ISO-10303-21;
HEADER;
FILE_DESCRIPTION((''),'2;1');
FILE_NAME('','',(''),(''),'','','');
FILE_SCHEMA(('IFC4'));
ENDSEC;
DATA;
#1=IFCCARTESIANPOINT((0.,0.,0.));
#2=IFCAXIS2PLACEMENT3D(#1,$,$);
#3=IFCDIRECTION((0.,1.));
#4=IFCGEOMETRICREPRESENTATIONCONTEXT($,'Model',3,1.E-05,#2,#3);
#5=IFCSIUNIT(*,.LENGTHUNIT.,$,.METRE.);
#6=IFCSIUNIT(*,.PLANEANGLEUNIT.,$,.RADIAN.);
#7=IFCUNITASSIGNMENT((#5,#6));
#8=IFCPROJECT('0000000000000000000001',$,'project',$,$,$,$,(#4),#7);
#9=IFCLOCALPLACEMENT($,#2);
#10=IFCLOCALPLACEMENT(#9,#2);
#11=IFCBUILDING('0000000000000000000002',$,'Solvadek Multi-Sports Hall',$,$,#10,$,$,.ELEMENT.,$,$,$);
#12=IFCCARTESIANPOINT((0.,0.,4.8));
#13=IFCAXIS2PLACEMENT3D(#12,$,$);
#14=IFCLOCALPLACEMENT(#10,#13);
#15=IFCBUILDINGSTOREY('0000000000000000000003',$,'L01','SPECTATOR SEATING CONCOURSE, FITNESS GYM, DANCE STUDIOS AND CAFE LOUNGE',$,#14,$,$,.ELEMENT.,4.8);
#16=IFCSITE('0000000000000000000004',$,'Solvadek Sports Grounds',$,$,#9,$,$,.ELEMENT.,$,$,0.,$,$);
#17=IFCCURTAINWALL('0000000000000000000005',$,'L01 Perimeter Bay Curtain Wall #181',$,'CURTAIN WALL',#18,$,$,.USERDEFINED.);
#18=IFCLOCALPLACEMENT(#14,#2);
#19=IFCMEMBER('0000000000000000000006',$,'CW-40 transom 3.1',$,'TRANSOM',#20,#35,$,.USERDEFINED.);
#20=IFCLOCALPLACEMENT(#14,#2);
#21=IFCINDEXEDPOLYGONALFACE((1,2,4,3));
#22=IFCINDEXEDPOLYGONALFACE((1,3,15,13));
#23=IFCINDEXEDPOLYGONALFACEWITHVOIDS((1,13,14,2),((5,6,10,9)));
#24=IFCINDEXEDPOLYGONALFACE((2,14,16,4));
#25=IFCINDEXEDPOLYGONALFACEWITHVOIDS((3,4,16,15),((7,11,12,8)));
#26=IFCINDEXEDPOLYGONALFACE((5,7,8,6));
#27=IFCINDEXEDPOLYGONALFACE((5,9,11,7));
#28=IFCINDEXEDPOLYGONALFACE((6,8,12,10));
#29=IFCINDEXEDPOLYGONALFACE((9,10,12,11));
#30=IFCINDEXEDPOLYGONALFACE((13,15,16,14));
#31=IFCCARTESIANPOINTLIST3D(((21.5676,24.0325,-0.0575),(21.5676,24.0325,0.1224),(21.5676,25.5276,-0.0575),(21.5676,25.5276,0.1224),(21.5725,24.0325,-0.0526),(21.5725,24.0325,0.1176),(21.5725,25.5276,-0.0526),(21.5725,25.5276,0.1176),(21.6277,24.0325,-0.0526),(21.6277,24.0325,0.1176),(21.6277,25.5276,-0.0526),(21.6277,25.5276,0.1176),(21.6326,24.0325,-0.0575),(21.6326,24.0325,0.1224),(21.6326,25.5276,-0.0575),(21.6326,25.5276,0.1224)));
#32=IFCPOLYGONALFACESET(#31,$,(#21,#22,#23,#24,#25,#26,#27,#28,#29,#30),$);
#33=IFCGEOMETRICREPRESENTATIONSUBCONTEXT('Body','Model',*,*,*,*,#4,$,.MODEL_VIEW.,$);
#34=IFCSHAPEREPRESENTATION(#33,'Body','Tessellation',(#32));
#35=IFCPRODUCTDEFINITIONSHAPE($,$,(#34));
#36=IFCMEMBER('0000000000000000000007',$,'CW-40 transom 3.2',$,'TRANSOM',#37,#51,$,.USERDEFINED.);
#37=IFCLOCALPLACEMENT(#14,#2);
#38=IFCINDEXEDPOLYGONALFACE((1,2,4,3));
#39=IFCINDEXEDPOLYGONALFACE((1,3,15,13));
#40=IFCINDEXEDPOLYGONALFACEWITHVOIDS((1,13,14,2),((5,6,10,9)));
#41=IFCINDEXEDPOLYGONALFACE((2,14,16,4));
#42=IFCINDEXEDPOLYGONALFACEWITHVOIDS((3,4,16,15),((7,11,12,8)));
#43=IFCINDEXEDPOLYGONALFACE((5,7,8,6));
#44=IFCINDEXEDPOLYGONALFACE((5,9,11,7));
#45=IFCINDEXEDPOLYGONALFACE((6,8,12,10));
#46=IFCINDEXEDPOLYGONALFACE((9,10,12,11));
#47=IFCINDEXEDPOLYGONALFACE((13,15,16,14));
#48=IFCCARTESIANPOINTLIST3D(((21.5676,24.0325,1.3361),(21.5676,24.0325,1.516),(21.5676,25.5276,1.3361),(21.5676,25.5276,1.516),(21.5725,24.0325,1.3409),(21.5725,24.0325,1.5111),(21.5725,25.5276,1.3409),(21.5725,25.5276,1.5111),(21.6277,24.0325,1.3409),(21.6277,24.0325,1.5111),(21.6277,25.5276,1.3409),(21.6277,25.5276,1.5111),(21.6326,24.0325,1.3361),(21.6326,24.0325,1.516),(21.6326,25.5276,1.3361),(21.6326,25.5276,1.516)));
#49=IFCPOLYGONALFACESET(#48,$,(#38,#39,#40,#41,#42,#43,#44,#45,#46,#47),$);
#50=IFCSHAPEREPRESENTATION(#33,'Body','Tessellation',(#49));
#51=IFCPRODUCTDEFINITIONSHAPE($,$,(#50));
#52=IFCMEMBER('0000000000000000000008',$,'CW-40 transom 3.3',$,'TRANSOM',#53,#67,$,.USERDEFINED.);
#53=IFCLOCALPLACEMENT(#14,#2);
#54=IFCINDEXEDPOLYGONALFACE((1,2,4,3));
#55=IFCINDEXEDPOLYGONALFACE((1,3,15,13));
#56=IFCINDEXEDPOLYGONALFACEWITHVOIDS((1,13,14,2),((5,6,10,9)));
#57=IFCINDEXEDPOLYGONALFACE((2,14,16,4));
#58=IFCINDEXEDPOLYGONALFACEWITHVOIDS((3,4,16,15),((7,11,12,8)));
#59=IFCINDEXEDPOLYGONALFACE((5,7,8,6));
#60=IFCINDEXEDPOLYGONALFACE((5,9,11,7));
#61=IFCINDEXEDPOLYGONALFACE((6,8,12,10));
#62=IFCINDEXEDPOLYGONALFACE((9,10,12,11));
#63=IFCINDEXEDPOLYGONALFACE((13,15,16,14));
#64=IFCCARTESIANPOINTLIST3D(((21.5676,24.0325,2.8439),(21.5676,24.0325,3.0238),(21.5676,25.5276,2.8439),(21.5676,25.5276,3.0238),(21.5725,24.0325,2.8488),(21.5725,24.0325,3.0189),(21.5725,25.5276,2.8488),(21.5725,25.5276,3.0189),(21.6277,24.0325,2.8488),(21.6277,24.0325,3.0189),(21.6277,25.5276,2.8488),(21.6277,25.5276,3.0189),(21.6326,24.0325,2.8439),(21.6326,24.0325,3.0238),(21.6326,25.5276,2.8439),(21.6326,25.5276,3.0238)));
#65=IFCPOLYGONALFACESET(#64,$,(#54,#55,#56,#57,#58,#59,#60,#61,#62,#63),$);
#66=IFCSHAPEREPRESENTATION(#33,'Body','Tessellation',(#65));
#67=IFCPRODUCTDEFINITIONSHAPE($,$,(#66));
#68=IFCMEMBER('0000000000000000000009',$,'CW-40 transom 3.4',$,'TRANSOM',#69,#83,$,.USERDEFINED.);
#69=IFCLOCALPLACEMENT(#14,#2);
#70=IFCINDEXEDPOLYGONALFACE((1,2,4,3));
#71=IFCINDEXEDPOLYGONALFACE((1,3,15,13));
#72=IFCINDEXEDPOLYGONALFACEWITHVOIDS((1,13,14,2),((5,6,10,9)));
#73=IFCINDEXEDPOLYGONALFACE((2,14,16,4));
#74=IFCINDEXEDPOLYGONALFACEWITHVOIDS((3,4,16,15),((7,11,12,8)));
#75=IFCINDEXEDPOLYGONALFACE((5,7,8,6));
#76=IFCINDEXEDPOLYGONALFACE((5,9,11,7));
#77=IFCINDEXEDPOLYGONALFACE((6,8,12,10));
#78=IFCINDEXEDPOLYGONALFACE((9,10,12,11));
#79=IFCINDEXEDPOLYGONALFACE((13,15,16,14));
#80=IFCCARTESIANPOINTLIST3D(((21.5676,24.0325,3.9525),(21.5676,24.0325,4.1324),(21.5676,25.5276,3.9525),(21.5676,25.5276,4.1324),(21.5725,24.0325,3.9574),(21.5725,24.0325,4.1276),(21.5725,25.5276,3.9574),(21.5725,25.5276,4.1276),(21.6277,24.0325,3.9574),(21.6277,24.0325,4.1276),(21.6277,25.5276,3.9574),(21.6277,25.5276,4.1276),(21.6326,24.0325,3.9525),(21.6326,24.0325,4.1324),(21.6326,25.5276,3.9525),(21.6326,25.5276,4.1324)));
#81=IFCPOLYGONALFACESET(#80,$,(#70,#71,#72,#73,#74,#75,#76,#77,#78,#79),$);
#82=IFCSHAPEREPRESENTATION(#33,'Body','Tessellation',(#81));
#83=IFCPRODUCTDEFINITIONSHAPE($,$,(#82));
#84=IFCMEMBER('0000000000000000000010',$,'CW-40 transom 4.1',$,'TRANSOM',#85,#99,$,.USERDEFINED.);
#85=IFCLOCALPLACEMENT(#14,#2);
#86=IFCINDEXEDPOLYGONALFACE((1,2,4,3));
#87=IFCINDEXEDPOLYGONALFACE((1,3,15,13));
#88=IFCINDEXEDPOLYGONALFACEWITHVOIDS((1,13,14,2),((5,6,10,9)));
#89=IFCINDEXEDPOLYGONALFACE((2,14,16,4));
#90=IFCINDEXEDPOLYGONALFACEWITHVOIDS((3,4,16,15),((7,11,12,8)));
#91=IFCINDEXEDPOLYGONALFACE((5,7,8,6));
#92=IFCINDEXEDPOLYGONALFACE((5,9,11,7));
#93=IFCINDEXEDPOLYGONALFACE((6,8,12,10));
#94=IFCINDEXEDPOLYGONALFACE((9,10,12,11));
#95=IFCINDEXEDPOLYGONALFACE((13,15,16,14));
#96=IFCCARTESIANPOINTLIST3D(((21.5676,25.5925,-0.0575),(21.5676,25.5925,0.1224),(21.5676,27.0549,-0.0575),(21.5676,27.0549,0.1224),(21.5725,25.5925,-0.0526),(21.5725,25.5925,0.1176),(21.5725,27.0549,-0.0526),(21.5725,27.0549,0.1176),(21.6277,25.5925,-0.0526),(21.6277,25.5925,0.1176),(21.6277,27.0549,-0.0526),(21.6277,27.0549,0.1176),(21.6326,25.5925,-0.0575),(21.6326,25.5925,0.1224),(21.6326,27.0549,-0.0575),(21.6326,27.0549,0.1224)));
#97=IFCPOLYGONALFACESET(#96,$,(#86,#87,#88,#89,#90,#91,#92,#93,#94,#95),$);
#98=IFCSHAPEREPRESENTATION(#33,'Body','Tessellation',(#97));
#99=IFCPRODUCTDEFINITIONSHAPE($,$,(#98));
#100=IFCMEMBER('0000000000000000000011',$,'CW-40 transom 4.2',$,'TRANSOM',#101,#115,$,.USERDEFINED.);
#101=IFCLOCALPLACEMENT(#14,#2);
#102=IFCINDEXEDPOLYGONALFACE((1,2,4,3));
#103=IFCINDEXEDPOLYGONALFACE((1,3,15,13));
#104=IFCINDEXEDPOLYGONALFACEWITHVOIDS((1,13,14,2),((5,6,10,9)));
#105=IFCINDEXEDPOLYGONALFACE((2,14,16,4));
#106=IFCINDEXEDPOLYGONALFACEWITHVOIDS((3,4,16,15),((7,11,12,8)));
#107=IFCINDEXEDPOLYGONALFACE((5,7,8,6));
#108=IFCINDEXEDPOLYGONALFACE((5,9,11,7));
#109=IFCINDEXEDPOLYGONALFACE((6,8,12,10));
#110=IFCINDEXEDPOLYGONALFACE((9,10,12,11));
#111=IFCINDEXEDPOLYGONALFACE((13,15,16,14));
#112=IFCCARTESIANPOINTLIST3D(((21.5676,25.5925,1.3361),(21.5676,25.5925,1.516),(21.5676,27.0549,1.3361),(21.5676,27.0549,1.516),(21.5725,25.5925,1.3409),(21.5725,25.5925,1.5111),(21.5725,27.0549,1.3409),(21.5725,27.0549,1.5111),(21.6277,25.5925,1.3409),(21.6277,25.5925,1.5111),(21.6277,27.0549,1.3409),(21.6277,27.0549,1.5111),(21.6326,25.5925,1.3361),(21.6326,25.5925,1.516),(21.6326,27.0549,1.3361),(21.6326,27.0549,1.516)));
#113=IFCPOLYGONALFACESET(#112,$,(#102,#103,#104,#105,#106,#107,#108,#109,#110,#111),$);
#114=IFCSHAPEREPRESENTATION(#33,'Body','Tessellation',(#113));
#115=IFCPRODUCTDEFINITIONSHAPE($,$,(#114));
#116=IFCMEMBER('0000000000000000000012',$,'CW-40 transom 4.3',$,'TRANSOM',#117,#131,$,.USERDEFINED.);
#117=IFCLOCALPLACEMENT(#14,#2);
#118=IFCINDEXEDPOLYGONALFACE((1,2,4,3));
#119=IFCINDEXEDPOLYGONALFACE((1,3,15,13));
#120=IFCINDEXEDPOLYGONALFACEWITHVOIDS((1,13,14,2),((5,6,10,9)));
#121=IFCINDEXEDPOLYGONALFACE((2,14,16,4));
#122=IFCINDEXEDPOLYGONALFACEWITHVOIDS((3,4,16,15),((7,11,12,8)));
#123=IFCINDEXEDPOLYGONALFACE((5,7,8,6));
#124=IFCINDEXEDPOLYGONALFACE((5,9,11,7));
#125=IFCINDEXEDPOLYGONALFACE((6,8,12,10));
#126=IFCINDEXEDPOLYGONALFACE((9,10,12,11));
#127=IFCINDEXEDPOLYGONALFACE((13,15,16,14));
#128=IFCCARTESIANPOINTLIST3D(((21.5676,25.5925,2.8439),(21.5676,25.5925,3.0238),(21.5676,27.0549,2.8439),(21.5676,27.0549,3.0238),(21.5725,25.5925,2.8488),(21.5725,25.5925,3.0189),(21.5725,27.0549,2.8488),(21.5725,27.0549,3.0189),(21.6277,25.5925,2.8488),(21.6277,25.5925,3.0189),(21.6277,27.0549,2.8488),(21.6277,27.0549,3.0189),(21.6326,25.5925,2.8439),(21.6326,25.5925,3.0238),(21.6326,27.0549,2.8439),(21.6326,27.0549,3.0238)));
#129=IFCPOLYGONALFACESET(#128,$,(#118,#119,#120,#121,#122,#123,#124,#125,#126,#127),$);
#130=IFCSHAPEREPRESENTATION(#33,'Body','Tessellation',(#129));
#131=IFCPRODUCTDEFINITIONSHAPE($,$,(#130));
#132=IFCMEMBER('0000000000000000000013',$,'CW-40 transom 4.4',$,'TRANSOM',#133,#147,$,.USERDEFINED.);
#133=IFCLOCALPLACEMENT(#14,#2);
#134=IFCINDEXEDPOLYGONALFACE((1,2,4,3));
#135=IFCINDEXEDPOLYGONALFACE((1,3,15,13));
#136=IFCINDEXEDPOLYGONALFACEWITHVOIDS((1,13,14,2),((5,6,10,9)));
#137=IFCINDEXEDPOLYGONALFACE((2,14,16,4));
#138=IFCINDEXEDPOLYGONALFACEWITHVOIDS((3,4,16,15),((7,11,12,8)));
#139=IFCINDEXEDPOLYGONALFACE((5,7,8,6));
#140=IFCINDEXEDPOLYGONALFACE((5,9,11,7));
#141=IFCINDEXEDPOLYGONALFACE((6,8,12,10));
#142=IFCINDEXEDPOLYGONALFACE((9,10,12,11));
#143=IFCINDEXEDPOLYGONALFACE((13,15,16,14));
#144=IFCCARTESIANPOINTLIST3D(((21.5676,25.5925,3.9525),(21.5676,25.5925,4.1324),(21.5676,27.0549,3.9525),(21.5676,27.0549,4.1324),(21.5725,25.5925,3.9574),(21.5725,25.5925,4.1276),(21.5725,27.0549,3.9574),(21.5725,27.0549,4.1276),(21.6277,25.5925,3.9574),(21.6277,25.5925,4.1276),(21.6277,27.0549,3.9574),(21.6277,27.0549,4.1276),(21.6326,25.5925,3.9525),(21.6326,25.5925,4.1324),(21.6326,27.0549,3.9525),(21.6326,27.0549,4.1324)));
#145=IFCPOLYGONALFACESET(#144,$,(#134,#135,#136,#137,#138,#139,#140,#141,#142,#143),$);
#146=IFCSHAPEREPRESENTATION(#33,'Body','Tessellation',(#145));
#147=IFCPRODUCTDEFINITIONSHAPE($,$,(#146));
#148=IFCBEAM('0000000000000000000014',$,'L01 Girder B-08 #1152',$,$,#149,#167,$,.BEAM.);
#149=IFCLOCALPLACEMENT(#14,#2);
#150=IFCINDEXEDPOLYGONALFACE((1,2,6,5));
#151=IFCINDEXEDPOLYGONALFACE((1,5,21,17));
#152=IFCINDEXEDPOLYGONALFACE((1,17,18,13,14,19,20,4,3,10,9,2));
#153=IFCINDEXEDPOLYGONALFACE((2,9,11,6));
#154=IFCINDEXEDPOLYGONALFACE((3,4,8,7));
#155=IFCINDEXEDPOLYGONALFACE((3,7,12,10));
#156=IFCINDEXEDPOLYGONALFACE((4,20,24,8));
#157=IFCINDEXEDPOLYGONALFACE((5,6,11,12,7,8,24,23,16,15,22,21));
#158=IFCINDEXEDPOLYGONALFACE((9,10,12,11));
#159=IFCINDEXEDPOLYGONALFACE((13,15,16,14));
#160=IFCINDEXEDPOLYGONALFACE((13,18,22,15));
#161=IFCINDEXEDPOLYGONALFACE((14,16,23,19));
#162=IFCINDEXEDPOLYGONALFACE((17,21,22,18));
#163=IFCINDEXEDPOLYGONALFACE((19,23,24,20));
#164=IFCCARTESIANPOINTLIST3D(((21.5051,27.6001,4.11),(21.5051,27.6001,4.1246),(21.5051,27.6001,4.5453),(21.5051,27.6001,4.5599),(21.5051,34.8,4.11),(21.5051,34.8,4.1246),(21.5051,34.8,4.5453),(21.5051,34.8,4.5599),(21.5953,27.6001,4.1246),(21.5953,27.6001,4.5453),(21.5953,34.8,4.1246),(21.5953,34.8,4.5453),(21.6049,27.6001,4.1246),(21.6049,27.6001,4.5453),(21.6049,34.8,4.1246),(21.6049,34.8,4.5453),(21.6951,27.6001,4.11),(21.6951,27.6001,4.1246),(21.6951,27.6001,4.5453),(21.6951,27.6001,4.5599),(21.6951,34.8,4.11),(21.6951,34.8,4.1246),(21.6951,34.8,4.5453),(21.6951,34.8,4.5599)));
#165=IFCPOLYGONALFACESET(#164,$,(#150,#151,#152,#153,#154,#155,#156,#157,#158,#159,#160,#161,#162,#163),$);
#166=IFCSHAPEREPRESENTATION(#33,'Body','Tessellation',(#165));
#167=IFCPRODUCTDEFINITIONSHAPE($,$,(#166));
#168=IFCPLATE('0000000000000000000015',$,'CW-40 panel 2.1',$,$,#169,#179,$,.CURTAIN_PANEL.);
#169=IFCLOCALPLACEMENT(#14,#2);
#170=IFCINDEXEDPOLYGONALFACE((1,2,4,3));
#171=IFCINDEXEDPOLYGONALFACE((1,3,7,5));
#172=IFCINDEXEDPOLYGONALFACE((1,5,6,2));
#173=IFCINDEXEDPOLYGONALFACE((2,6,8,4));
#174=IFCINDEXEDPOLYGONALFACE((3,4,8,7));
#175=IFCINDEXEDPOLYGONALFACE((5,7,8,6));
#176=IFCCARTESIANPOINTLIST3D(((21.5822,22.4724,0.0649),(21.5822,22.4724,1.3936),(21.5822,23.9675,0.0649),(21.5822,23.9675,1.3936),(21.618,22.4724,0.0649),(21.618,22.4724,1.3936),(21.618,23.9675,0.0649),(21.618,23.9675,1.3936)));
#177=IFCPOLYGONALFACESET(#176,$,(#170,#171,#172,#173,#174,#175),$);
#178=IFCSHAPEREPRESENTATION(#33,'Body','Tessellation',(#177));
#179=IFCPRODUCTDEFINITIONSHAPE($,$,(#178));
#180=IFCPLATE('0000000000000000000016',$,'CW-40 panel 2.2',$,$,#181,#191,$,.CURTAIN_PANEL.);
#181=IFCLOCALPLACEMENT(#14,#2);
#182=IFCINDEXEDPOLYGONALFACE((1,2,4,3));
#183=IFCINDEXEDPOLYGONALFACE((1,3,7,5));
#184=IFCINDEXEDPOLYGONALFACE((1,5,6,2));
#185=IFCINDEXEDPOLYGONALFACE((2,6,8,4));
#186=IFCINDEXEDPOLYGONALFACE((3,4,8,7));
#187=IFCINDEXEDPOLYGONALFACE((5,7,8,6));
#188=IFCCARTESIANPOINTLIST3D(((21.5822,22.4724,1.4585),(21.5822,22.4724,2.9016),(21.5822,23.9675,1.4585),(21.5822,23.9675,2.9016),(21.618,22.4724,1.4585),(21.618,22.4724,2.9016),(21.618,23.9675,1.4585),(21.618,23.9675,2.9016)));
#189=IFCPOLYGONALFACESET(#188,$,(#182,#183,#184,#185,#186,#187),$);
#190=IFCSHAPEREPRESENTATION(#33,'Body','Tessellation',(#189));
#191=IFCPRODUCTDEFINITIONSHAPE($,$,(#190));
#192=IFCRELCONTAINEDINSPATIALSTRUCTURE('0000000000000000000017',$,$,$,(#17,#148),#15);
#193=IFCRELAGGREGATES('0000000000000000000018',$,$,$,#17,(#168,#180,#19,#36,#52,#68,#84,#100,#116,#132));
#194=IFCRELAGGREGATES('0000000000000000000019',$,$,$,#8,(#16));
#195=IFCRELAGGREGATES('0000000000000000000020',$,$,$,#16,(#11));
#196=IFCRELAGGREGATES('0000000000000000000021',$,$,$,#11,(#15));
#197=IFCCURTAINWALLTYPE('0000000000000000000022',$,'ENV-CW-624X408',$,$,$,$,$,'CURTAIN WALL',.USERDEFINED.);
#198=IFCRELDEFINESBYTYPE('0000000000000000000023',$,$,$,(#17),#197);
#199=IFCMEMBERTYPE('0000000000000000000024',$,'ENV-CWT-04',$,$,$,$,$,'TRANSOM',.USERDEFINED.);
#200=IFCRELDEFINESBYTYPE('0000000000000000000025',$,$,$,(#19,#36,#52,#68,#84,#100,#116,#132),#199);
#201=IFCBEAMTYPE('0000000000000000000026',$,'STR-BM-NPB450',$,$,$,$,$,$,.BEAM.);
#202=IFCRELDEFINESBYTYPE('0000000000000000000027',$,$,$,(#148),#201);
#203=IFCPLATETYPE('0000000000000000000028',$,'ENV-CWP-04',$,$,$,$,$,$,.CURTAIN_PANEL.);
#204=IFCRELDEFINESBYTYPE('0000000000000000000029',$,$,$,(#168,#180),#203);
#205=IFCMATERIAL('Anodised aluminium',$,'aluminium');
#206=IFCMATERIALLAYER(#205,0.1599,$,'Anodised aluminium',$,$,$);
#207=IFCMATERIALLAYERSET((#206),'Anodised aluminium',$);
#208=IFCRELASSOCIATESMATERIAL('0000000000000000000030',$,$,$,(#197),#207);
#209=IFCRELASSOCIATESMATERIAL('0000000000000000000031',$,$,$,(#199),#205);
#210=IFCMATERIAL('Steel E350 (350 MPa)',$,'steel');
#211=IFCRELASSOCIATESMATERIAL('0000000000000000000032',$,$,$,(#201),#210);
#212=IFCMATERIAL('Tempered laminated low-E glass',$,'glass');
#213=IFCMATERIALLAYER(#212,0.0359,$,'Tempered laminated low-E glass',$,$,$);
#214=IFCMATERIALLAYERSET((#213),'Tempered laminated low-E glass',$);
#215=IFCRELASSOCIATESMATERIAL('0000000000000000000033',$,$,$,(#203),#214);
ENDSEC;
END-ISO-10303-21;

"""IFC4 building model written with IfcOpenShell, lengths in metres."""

from ifc_helpers import new_model, si_unit, direction, frame, origin, origin_2d, place, context, subcontext, project, spatial, rectangle, hollow_rectangle, i_section, extrude, material, layer, layer_set, material_profile, profile_set, type_object, element, aggregate, save


model = new_model("IFC4")

# Units and contexts
model_context = context("Model", 3, precision=1e-05, world=origin(), true_north=direction((0.0, 1.0)))
body_context = subcontext(model_context, "Body", "Model", "MODEL_VIEW")
ifc_project = project(units=[si_unit("LENGTHUNIT", "METRE"), si_unit("PLANEANGLEUNIT", "RADIAN")], contexts=[model_context])

# Site, building, storey
site_placement = place(None, origin())
site = spatial("IfcSite", under=ifc_project, at=site_placement, Name="Solvadek Sports Grounds", CompositionType="ELEMENT", RefElevation=0.0)
building_placement = place(site_placement, origin())
building = spatial("IfcBuilding", under=site, at=building_placement, Name="Solvadek Multi-Sports Hall", CompositionType="ELEMENT")
storey_placement = place(building_placement, frame((0.0, 0.0, 4.8)))
storey = spatial("IfcBuildingStorey", under=building, at=storey_placement, Name="L01", Description="SPECTATOR SEATING CONCOURSE, FITNESS GYM, DANCE STUDIOS AND CAFE LOUNGE", CompositionType="ELEMENT", Elevation=4.8)

# Shared definitions
ifc_material_1 = material(Name="Steel E350 (350 MPa)", Category="steel")

# Curtain wall
ifc_material_2 = material(Name="Anodised aluminium", Category="aluminium")
ifc_layer_1 = layer(ifc_material_2, 0.1599, Name="Anodised aluminium")
ifc_layer_set_1 = layer_set([ifc_layer_1], Name="Anodised aluminium")
curtain_wall_type_1 = type_object("IfcCurtainWallType", Name="ENV-CW-624X408", ElementType="CURTAIN WALL", PredefinedType="USERDEFINED", material=ifc_layer_set_1)
curtain_wall_1_placement = place(storey_placement, origin())
curtain_wall_1 = element("IfcCurtainWall", 1, at=curtain_wall_1_placement, inside=storey, type_object=curtain_wall_type_1, Name="L01 Perimeter Bay Curtain Wall #181", ObjectType="CURTAIN WALL", PredefinedType="USERDEFINED")

# Members
ifc_material_profile_1 = material_profile(ifc_material_2, hollow_rectangle(XDim=0.0649, YDim=0.1799, WallThickness=0.0049, at=origin_2d()), Name="ALU-T 180x65x5")
ifc_profile_set_1 = profile_set([ifc_material_profile_1], Name="Anodised aluminium")
member_type_1 = type_object("IfcMemberType", Name="ENV-CWT-04", ElementType="TRANSOM", PredefinedType="USERDEFINED", material=ifc_profile_set_1)
member_1_placement = place(storey_placement, frame((21.6001, 24.0325, 0.0325), z_axis=(0.0, 1.0, 0.0), x_axis=(-1.0, 0.0, 0.0)))
member_1 = element("IfcMember", 2, at=member_1_placement, type_object=member_type_1, Name="CW-40 transom 3.1", ObjectType="TRANSOM", PredefinedType="USERDEFINED", context=body_context, shape_type="SweptSolid", body=[
    extrude(hollow_rectangle(XDim=0.0649, YDim=0.1799, WallThickness=0.0049, at=origin_2d()), origin(), (0.0, 0.0, 1.0), 1.4951),
])
member_2_placement = place(storey_placement, frame((21.6001, 24.0325, 1.426), z_axis=(0.0, 1.0, 0.0), x_axis=(-1.0, 0.0, 0.0)))
member_2 = element("IfcMember", 3, at=member_2_placement, type_object=member_type_1, Name="CW-40 transom 3.2", ObjectType="TRANSOM", PredefinedType="USERDEFINED", context=body_context, shape_type="SweptSolid", body=[
    extrude(hollow_rectangle(XDim=0.0649, YDim=0.1799, WallThickness=0.0049, at=origin_2d()), origin(), (0.0, 0.0, 1.0), 1.4951),
])
member_3_placement = place(storey_placement, frame((21.6001, 24.0325, 2.9338), z_axis=(0.0, 1.0, 0.0), x_axis=(-1.0, 0.0, 0.0)))
member_3 = element("IfcMember", 4, at=member_3_placement, type_object=member_type_1, Name="CW-40 transom 3.3", ObjectType="TRANSOM", PredefinedType="USERDEFINED", context=body_context, shape_type="SweptSolid", body=[
    extrude(hollow_rectangle(XDim=0.0649, YDim=0.1799, WallThickness=0.0049, at=origin_2d()), origin(), (0.0, 0.0, 1.0), 1.4951),
])
member_4_placement = place(storey_placement, frame((21.6001, 24.0325, 4.0425), z_axis=(0.0, 1.0, 0.0), x_axis=(-1.0, 0.0, 0.0)))
member_4 = element("IfcMember", 5, at=member_4_placement, type_object=member_type_1, Name="CW-40 transom 3.4", ObjectType="TRANSOM", PredefinedType="USERDEFINED", context=body_context, shape_type="SweptSolid", body=[
    extrude(hollow_rectangle(XDim=0.0649, YDim=0.1799, WallThickness=0.0049, at=origin_2d()), origin(), (0.0, 0.0, 1.0), 1.4951),
])
member_5_placement = place(storey_placement, frame((21.6001, 25.5925, 0.0325), z_axis=(0.0, 1.0, 0.0), x_axis=(-1.0, 0.0, 0.0)))
member_5 = element("IfcMember", 6, at=member_5_placement, type_object=member_type_1, Name="CW-40 transom 4.1", ObjectType="TRANSOM", PredefinedType="USERDEFINED", context=body_context, shape_type="SweptSolid", body=[
    extrude(hollow_rectangle(XDim=0.0649, YDim=0.1799, WallThickness=0.0049, at=origin_2d()), origin(), (0.0, 0.0, 1.0), 1.4624),
])
member_6_placement = place(storey_placement, frame((21.6001, 25.5925, 1.426), z_axis=(0.0, 1.0, 0.0), x_axis=(-1.0, 0.0, 0.0)))
member_6 = element("IfcMember", 7, at=member_6_placement, type_object=member_type_1, Name="CW-40 transom 4.2", ObjectType="TRANSOM", PredefinedType="USERDEFINED", context=body_context, shape_type="SweptSolid", body=[
    extrude(hollow_rectangle(XDim=0.0649, YDim=0.1799, WallThickness=0.0049, at=origin_2d()), origin(), (0.0, 0.0, 1.0), 1.4624),
])
member_7_placement = place(storey_placement, frame((21.6001, 25.5925, 2.9338), z_axis=(0.0, 1.0, 0.0), x_axis=(-1.0, 0.0, 0.0)))
member_7 = element("IfcMember", 8, at=member_7_placement, type_object=member_type_1, Name="CW-40 transom 4.3", ObjectType="TRANSOM", PredefinedType="USERDEFINED", context=body_context, shape_type="SweptSolid", body=[
    extrude(hollow_rectangle(XDim=0.0649, YDim=0.1799, WallThickness=0.0049, at=origin_2d()), origin(), (0.0, 0.0, 1.0), 1.4624),
])
member_8_placement = place(storey_placement, frame((21.6001, 25.5925, 4.0425), z_axis=(0.0, 1.0, 0.0), x_axis=(-1.0, 0.0, 0.0)))
member_8 = element("IfcMember", 9, at=member_8_placement, type_object=member_type_1, Name="CW-40 transom 4.4", ObjectType="TRANSOM", PredefinedType="USERDEFINED", context=body_context, shape_type="SweptSolid", body=[
    extrude(hollow_rectangle(XDim=0.0649, YDim=0.1799, WallThickness=0.0049, at=origin_2d()), origin(), (0.0, 0.0, 1.0), 1.4624),
])

# Beam
ifc_material_profile_2 = material_profile(ifc_material_1, i_section(OverallWidth=0.1899, OverallDepth=0.45, WebThickness=0.0095, FlangeThickness=0.0146, at=origin_2d()), Name="NPB 450")
ifc_profile_set_2 = profile_set([ifc_material_profile_2], Name="Steel E350 (350 MPa)")
beam_type = type_object("IfcBeamType", Name="STR-BM-NPB450", PredefinedType="BEAM", material=ifc_profile_set_2)
beam_placement = place(storey_placement, frame((21.6001, 27.6001, 4.335), z_axis=(0.0, 1.0, 0.0), x_axis=(-1.0, 0.0, 0.0)))
element("IfcBeam", 10, at=beam_placement, inside=storey, type_object=beam_type, Name="L01 Girder B-08 #1152", PredefinedType="BEAM", context=body_context, shape_type="SweptSolid", body=[
    extrude(i_section(OverallWidth=0.1899, OverallDepth=0.45, WebThickness=0.0095, FlangeThickness=0.0146, at=origin_2d()), origin(), (0.0, 0.0, 1.0), 7.2),
])

# Plates
ifc_material_3 = material(Name="Tempered laminated low-E glass", Category="glass")
ifc_layer_2 = layer(ifc_material_3, 0.0359, Name="Tempered laminated low-E glass")
ifc_layer_set_2 = layer_set([ifc_layer_2], Name="Tempered laminated low-E glass")
plate_type = type_object("IfcPlateType", Name="ENV-CWP-04", PredefinedType="CURTAIN_PANEL", material=ifc_layer_set_2)
plate_1_placement = place(storey_placement, frame((21.6001, 23.22, 0.0649), z_axis=(0.0, 0.0, 1.0), x_axis=(0.0, 1.0, 0.0)))
plate_1 = element("IfcPlate", 11, at=plate_1_placement, type_object=plate_type, Name="CW-40 panel 2.1", PredefinedType="CURTAIN_PANEL", context=body_context, shape_type="SweptSolid", body=[
    extrude(rectangle(XDim=1.4951, YDim=0.0359, at=origin_2d()), origin(), (0.0, 0.0, 1.0), 1.3286),
])
plate_2_placement = place(storey_placement, frame((21.6001, 23.22, 1.4585), z_axis=(0.0, 0.0, 1.0), x_axis=(0.0, 1.0, 0.0)))
plate_2 = element("IfcPlate", 12, at=plate_2_placement, type_object=plate_type, Name="CW-40 panel 2.2", PredefinedType="CURTAIN_PANEL", context=body_context, shape_type="SweptSolid", body=[
    extrude(rectangle(XDim=1.4951, YDim=0.0359, at=origin_2d()), origin(), (0.0, 0.0, 1.0), 1.4431),
])
aggregate(curtain_wall_1, [plate_1, plate_2, member_1, member_2, member_3, member_4, member_5, member_6, member_7, member_8])

save(model, "model.ifc")
